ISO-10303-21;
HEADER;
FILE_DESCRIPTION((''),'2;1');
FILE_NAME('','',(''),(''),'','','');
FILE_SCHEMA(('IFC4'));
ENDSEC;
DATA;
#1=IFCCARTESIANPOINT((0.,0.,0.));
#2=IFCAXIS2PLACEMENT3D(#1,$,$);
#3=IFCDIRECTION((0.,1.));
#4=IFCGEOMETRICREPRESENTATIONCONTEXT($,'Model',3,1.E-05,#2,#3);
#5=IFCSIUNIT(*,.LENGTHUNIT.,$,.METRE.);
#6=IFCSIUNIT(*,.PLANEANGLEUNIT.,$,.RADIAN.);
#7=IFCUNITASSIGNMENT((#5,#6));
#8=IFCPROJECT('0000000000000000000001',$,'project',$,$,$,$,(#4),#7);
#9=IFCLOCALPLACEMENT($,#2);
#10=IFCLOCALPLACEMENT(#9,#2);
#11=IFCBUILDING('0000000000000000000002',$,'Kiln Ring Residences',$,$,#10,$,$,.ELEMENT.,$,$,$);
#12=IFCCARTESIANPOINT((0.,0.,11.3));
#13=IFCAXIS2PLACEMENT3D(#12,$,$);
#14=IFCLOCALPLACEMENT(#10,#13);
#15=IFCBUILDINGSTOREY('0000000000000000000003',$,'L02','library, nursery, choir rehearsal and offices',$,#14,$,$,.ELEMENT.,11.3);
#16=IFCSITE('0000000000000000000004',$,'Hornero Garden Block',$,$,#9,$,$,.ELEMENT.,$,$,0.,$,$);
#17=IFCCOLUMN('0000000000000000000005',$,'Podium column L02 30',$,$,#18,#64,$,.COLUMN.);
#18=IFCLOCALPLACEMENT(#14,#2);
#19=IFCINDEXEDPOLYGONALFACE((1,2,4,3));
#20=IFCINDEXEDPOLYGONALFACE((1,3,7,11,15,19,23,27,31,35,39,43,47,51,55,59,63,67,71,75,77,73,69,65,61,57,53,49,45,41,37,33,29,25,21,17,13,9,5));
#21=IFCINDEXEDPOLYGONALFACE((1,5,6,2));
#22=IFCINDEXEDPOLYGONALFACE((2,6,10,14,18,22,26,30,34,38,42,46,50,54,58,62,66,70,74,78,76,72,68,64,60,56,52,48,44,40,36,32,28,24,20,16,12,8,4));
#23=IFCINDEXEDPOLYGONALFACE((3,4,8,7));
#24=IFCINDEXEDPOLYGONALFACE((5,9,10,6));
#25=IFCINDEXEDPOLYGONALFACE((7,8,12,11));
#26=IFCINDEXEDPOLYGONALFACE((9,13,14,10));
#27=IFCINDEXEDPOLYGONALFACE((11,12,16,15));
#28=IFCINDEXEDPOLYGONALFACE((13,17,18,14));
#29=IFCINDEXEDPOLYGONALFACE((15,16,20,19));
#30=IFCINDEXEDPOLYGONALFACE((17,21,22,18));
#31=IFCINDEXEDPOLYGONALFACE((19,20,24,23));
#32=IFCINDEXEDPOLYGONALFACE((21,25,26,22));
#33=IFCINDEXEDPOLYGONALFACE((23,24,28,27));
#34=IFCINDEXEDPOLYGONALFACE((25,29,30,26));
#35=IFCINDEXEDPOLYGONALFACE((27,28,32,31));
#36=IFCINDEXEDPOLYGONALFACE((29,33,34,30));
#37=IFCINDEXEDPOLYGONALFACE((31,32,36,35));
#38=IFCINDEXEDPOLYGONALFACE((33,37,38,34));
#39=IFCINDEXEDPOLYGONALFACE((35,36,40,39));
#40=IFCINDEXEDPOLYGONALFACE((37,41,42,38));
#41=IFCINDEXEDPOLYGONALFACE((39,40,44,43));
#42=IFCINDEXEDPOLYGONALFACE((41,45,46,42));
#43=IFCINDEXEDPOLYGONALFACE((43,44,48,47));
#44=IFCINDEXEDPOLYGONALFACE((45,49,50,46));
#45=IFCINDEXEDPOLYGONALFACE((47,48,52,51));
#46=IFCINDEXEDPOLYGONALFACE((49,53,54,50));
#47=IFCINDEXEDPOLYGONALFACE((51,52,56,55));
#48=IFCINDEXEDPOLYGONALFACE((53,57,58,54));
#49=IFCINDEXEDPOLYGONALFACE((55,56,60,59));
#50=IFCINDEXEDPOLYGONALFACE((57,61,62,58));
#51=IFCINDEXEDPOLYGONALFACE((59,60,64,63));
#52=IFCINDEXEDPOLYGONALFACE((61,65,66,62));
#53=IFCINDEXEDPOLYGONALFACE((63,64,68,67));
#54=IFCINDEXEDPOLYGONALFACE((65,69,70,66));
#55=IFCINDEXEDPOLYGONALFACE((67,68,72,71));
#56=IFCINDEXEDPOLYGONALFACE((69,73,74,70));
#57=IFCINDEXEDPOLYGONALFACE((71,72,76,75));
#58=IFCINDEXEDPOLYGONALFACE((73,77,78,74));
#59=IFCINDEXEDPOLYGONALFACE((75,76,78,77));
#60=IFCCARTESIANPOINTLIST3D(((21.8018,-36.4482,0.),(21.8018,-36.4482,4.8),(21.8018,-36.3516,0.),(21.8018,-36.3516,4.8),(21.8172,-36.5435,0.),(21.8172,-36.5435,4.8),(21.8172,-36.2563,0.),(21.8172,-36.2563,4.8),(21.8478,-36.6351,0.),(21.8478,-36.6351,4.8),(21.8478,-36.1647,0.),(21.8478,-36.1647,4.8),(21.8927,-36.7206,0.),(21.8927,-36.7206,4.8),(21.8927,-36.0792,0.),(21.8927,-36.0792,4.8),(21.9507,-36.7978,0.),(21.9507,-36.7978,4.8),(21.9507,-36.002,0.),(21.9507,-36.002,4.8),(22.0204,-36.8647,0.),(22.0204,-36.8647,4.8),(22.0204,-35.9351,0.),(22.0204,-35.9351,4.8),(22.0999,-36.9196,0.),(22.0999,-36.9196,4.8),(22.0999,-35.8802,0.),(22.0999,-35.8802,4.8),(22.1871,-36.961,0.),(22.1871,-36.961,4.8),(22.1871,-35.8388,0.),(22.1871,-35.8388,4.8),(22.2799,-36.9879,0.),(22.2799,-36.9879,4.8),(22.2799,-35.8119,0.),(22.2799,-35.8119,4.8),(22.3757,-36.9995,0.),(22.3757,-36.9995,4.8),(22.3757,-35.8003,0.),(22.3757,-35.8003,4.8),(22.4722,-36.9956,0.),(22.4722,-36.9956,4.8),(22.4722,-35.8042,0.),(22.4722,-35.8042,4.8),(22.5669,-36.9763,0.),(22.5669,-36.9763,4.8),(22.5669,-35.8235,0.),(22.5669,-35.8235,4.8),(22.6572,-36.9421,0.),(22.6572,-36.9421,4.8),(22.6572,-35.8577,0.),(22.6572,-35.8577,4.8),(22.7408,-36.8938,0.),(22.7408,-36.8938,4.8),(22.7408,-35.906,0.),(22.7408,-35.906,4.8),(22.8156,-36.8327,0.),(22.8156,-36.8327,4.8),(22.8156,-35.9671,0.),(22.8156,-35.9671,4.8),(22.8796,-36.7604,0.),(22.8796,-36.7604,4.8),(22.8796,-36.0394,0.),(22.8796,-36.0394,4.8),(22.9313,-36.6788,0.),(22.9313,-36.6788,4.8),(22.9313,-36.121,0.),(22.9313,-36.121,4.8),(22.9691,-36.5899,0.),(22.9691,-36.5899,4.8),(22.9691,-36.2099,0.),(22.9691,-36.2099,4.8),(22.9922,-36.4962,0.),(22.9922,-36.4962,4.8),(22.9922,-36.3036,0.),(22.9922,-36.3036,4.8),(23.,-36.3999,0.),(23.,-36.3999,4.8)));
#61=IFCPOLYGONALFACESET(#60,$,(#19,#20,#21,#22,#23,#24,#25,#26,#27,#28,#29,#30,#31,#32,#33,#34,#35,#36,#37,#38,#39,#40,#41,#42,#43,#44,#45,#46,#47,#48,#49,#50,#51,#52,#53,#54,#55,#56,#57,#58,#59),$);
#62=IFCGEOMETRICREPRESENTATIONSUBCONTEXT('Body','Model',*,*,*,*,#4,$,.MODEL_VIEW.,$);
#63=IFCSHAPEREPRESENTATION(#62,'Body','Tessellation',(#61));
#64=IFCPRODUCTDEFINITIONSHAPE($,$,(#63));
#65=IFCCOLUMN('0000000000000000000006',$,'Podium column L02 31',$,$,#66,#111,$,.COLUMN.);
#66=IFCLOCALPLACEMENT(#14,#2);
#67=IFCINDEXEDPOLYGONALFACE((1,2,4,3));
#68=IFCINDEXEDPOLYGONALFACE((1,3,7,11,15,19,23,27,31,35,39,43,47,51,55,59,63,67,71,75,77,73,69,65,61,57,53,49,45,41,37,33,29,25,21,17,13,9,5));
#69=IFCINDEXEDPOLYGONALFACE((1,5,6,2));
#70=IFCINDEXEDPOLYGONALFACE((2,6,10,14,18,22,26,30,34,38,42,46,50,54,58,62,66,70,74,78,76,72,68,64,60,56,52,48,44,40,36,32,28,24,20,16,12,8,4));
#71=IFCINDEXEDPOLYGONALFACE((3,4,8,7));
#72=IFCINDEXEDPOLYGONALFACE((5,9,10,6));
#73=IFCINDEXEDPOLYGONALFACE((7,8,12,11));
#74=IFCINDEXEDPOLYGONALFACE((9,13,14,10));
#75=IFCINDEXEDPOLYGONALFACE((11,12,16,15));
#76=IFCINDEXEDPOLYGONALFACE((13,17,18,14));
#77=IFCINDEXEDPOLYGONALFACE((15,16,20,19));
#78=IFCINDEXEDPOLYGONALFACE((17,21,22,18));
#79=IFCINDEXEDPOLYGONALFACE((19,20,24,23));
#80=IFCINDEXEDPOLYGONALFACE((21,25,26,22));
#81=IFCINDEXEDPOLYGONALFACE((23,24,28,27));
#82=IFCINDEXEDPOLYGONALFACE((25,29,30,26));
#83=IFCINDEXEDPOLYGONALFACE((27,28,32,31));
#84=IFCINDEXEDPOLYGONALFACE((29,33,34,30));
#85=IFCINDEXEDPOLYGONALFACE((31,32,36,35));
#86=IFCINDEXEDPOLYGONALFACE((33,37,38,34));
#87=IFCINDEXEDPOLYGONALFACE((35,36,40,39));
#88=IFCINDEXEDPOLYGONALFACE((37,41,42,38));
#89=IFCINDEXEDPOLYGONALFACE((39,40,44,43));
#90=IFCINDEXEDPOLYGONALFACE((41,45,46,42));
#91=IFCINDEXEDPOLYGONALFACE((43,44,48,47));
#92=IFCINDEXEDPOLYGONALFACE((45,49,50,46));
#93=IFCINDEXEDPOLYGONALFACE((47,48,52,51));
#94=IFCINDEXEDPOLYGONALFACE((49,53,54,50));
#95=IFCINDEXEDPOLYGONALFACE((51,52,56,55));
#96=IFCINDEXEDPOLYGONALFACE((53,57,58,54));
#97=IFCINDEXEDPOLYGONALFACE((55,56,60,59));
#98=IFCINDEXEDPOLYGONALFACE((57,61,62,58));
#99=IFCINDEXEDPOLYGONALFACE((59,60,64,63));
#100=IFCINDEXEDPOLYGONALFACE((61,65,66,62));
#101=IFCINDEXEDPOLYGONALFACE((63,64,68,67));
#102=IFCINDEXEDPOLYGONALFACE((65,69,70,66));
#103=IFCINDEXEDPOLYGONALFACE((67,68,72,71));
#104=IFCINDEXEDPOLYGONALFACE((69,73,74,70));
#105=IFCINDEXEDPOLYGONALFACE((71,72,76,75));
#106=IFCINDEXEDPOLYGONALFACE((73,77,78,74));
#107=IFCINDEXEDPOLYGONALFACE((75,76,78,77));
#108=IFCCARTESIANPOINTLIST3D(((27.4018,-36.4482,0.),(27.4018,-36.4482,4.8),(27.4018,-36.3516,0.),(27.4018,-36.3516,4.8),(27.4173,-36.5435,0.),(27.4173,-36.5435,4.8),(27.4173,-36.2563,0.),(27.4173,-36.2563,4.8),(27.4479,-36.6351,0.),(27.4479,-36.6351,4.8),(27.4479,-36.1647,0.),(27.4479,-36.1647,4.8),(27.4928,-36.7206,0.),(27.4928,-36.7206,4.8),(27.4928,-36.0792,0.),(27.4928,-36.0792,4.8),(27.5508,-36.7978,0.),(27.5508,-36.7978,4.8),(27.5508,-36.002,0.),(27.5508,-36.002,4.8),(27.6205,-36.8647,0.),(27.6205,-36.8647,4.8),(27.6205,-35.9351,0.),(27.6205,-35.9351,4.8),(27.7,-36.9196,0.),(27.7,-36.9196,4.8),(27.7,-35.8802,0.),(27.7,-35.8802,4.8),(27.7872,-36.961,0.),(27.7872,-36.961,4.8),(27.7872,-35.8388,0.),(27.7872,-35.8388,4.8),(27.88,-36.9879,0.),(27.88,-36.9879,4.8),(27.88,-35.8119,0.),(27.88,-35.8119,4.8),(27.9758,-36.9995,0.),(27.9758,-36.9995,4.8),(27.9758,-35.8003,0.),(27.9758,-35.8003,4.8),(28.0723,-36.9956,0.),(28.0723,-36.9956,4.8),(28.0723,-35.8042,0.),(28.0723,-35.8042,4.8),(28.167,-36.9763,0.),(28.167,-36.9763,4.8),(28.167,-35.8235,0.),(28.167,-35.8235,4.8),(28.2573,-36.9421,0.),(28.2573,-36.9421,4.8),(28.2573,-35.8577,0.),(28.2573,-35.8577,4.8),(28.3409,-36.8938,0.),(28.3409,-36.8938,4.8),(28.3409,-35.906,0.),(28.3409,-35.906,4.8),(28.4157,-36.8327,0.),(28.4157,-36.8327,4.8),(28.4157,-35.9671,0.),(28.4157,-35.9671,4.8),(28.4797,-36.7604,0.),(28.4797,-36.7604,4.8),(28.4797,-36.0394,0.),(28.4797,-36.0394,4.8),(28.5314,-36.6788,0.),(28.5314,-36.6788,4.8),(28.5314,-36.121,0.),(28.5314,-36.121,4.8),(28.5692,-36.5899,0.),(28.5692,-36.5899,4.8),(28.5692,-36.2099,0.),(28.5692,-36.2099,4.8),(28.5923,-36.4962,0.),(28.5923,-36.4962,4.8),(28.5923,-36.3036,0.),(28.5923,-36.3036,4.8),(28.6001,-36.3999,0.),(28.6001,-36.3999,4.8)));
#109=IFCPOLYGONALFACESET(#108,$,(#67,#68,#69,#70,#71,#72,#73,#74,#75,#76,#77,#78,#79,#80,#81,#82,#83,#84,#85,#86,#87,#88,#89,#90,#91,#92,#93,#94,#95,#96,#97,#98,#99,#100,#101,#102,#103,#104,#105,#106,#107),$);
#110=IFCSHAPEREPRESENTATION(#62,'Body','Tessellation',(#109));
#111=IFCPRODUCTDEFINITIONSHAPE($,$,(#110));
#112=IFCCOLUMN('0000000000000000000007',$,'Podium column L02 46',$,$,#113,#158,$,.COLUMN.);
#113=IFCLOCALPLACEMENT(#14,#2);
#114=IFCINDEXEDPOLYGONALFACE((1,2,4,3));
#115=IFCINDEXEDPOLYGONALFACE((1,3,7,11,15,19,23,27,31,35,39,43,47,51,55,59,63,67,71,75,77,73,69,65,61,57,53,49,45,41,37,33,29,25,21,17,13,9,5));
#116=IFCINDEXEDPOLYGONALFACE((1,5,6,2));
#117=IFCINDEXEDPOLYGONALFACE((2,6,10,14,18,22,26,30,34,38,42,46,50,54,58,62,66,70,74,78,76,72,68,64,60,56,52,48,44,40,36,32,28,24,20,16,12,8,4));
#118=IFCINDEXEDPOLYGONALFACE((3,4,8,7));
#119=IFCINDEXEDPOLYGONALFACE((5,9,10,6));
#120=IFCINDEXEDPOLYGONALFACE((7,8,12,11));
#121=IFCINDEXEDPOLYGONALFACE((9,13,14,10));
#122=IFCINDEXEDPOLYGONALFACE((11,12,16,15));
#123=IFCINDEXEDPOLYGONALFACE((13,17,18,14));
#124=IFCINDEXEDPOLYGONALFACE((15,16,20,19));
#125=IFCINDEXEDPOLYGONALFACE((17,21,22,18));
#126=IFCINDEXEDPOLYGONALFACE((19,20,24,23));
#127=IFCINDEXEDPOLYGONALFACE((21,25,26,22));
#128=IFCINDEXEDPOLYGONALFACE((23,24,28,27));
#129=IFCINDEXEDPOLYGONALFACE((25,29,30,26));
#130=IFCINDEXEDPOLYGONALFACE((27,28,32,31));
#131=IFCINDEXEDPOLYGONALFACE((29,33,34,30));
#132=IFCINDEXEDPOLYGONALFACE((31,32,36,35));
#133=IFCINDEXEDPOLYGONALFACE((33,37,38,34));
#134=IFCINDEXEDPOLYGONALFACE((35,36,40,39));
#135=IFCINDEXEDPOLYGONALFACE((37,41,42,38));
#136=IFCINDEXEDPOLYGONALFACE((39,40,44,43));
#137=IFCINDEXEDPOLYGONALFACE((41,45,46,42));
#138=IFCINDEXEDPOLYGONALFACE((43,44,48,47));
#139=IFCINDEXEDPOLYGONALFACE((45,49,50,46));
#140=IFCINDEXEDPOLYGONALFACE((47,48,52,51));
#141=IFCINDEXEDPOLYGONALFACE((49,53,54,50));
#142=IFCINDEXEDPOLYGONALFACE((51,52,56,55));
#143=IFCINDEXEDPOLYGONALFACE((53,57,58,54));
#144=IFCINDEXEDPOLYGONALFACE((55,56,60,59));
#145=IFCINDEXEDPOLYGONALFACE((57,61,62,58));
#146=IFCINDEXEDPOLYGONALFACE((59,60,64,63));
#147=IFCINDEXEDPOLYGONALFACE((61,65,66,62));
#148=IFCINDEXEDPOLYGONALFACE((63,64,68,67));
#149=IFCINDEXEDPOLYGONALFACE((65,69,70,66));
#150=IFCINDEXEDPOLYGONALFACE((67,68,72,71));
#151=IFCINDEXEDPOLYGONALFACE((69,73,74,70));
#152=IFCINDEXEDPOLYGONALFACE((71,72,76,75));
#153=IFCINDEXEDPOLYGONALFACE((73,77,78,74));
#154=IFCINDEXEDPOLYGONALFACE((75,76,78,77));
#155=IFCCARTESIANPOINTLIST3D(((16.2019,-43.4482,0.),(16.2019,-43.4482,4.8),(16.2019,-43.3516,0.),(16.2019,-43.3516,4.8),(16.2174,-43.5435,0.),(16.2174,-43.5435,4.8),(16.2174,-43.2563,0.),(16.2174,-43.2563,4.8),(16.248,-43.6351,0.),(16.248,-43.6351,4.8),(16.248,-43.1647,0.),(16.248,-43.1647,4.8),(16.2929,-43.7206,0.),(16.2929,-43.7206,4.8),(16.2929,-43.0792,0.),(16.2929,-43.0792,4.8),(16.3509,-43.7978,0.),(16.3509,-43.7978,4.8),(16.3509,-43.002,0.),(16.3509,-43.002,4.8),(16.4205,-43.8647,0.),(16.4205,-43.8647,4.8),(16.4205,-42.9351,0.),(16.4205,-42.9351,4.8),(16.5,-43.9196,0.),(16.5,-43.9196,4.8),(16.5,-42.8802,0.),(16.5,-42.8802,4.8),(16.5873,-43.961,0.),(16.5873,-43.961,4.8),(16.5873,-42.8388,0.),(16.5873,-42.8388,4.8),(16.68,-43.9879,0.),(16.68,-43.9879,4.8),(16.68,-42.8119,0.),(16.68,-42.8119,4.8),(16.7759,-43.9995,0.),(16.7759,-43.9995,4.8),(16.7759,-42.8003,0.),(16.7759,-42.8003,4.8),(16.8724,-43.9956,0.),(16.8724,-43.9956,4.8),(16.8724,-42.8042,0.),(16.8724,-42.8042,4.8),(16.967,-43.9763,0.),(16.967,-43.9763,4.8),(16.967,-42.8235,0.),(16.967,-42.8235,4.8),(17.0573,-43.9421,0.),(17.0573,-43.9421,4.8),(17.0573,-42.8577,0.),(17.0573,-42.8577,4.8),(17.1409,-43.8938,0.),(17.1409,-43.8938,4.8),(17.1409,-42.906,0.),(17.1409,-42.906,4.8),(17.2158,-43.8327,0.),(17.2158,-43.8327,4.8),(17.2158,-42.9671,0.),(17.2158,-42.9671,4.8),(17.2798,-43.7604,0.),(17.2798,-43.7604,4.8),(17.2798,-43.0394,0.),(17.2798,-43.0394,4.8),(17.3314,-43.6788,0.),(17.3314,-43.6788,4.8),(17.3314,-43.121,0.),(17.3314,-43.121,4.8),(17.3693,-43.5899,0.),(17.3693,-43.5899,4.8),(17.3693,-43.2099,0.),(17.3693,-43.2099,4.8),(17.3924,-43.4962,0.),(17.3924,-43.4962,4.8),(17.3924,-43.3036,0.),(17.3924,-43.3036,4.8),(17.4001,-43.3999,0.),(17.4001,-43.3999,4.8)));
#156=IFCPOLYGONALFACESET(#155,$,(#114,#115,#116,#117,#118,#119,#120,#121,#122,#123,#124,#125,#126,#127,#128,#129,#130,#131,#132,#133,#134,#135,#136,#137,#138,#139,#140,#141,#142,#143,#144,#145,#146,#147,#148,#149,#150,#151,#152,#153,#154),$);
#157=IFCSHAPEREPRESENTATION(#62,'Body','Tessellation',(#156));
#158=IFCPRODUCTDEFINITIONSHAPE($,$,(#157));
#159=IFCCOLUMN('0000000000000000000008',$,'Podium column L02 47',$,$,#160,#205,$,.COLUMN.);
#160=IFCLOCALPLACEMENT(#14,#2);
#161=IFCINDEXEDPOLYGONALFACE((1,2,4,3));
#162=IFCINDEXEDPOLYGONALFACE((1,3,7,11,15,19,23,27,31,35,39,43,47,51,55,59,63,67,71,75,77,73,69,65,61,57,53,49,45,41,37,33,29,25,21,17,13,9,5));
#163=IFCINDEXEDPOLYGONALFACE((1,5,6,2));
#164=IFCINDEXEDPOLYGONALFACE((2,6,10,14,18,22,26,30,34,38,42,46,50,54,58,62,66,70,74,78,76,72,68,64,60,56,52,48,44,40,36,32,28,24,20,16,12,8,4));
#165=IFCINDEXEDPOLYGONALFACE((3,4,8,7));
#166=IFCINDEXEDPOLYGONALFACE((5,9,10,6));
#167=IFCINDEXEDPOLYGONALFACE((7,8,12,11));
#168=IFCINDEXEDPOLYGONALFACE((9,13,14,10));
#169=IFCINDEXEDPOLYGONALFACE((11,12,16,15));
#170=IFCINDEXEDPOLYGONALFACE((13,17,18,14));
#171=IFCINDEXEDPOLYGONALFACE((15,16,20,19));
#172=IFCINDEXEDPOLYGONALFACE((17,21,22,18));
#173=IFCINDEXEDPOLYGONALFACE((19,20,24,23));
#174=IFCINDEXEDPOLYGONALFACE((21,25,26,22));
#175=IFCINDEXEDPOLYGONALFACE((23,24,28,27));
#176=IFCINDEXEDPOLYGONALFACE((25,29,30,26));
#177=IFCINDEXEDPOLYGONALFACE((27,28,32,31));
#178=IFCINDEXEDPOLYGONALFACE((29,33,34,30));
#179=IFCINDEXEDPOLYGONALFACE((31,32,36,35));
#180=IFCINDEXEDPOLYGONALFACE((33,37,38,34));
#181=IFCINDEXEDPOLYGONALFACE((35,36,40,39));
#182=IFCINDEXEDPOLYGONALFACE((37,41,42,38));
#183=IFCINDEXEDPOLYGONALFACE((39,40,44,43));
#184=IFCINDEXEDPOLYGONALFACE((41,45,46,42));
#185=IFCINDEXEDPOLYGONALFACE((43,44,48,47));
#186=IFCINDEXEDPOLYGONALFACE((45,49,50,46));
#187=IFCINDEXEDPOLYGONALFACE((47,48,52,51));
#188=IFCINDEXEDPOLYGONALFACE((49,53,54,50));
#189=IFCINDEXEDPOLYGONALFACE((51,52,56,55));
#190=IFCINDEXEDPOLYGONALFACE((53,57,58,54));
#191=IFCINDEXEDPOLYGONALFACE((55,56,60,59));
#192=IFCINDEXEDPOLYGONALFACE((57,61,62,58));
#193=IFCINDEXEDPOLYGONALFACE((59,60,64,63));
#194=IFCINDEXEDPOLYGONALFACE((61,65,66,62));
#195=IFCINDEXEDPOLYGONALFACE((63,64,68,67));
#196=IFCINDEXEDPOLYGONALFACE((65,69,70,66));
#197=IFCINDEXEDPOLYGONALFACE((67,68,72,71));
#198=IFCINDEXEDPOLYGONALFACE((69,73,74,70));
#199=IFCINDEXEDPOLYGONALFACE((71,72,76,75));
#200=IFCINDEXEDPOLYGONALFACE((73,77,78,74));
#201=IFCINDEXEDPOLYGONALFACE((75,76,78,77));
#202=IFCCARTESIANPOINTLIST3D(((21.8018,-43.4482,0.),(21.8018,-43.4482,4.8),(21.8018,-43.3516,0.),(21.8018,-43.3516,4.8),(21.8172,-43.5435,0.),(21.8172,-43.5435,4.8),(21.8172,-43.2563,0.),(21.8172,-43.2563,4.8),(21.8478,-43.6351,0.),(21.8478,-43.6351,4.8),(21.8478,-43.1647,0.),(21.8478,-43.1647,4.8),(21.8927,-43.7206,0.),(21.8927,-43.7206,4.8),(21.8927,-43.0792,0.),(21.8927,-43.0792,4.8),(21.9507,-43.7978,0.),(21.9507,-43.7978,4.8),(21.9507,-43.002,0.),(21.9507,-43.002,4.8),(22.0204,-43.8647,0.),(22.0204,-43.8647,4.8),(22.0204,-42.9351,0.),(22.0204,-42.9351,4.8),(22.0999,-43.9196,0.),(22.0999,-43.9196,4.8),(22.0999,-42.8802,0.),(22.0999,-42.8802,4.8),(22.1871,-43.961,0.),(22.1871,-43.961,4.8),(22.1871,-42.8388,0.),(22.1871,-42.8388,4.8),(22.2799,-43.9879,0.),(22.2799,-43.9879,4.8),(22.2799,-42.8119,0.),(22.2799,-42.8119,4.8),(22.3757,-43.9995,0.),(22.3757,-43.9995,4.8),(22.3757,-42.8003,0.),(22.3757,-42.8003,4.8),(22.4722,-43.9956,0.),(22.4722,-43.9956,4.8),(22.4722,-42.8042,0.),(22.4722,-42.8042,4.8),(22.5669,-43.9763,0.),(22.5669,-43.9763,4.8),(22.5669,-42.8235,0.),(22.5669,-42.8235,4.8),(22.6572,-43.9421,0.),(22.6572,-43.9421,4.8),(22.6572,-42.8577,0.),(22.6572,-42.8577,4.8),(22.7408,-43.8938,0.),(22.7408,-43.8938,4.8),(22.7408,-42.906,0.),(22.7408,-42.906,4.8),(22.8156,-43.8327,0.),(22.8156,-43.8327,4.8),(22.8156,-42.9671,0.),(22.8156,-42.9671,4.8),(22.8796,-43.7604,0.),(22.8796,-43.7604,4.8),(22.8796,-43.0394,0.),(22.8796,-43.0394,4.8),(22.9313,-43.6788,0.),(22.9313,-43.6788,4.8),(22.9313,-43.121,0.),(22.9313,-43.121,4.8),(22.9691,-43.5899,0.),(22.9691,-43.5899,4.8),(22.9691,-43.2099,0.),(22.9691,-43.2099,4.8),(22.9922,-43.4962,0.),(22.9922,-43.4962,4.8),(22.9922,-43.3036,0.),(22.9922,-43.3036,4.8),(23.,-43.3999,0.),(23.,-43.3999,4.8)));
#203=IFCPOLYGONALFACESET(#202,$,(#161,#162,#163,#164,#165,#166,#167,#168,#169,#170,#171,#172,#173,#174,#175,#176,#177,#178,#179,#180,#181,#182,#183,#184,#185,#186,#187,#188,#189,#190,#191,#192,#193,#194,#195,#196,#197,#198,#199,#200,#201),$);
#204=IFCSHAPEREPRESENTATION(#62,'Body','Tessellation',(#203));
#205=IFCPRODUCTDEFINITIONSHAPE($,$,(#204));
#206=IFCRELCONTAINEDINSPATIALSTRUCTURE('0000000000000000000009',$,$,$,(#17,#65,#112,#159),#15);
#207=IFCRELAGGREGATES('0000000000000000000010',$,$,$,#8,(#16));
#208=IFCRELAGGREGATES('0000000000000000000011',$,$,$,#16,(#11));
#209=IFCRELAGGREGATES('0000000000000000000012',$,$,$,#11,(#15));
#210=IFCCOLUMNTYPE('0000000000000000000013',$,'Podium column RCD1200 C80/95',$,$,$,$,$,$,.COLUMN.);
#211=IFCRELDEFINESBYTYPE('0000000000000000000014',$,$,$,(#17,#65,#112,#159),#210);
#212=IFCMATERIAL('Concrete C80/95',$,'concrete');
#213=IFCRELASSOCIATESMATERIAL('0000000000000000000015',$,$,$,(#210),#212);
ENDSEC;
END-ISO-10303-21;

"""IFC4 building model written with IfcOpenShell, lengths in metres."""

from ifc_helpers import new_model, si_unit, direction, frame, origin, origin_2d, place, context, subcontext, project, spatial, circle, extrude, material, material_profile, profile_set, type_object, element, save


model = new_model("IFC4")

# Units and contexts
model_context = context("Model", 3, precision=1e-05, world=origin(), true_north=direction((0.0, 1.0)))
body_context = subcontext(model_context, "Body", "Model", "MODEL_VIEW")
ifc_project = project(units=[si_unit("LENGTHUNIT", "METRE"), si_unit("PLANEANGLEUNIT", "RADIAN")], contexts=[model_context])

# Site, building, storey
site_placement = place(None, origin())
site = spatial("IfcSite", under=ifc_project, at=site_placement, Name="Hornero Garden Block", CompositionType="ELEMENT", RefElevation=0.0)
building_placement = place(site_placement, origin())
building = spatial("IfcBuilding", under=site, at=building_placement, Name="Kiln Ring Residences", CompositionType="ELEMENT")
storey_placement = place(building_placement, frame((0.0, 0.0, 11.3)))
storey = spatial("IfcBuildingStorey", under=building, at=storey_placement, Name="L02", Description="library, nursery, choir rehearsal and offices", CompositionType="ELEMENT", Elevation=11.3)

# Columns
ifc_material_1 = material(Name="Concrete C80/95", Category="concrete")
ifc_material_profile_1 = material_profile(ifc_material_1, circle(Radius=0.6001, at=origin_2d()), Name="RCD1200")
ifc_profile_set_1 = profile_set([ifc_material_profile_1], Name="Concrete C80/95")
column_type_1 = type_object("IfcColumnType", Name="Podium column RCD1200 C80/95", PredefinedType="COLUMN", material=ifc_profile_set_1)
for number, where, z_axis, x_axis, name in (
    (1, (22.3999, -36.3999, 0.0), (0.0, 0.0, 1.0), (1.0, 0.0, 0.0), "Podium column L02 30"),
    (2, (28.0, -36.3999, 0.0), (0.0, 0.0, 1.0), (1.0, 0.0, 0.0), "Podium column L02 31"),
    (3, (16.8, -43.3999, 0.0), (0.0, 0.0, 1.0), (1.0, 0.0, 0.0), "Podium column L02 46"),
    (4, (22.3999, -43.3999, 0.0), (0.0, 0.0, 1.0), (1.0, 0.0, 0.0), "Podium column L02 47"),
):
    element("IfcColumn", number, at=place(storey_placement, frame(where, z_axis=z_axis, x_axis=x_axis)), inside=storey, type_object=column_type_1, Name=name, PredefinedType="COLUMN", context=body_context, shape_type="SweptSolid", body=[
        extrude(circle(Radius=0.6001, at=origin_2d()), origin(), (0.0, 0.0, 1.0), 4.8),
    ])

save(model, "model.ifc")
